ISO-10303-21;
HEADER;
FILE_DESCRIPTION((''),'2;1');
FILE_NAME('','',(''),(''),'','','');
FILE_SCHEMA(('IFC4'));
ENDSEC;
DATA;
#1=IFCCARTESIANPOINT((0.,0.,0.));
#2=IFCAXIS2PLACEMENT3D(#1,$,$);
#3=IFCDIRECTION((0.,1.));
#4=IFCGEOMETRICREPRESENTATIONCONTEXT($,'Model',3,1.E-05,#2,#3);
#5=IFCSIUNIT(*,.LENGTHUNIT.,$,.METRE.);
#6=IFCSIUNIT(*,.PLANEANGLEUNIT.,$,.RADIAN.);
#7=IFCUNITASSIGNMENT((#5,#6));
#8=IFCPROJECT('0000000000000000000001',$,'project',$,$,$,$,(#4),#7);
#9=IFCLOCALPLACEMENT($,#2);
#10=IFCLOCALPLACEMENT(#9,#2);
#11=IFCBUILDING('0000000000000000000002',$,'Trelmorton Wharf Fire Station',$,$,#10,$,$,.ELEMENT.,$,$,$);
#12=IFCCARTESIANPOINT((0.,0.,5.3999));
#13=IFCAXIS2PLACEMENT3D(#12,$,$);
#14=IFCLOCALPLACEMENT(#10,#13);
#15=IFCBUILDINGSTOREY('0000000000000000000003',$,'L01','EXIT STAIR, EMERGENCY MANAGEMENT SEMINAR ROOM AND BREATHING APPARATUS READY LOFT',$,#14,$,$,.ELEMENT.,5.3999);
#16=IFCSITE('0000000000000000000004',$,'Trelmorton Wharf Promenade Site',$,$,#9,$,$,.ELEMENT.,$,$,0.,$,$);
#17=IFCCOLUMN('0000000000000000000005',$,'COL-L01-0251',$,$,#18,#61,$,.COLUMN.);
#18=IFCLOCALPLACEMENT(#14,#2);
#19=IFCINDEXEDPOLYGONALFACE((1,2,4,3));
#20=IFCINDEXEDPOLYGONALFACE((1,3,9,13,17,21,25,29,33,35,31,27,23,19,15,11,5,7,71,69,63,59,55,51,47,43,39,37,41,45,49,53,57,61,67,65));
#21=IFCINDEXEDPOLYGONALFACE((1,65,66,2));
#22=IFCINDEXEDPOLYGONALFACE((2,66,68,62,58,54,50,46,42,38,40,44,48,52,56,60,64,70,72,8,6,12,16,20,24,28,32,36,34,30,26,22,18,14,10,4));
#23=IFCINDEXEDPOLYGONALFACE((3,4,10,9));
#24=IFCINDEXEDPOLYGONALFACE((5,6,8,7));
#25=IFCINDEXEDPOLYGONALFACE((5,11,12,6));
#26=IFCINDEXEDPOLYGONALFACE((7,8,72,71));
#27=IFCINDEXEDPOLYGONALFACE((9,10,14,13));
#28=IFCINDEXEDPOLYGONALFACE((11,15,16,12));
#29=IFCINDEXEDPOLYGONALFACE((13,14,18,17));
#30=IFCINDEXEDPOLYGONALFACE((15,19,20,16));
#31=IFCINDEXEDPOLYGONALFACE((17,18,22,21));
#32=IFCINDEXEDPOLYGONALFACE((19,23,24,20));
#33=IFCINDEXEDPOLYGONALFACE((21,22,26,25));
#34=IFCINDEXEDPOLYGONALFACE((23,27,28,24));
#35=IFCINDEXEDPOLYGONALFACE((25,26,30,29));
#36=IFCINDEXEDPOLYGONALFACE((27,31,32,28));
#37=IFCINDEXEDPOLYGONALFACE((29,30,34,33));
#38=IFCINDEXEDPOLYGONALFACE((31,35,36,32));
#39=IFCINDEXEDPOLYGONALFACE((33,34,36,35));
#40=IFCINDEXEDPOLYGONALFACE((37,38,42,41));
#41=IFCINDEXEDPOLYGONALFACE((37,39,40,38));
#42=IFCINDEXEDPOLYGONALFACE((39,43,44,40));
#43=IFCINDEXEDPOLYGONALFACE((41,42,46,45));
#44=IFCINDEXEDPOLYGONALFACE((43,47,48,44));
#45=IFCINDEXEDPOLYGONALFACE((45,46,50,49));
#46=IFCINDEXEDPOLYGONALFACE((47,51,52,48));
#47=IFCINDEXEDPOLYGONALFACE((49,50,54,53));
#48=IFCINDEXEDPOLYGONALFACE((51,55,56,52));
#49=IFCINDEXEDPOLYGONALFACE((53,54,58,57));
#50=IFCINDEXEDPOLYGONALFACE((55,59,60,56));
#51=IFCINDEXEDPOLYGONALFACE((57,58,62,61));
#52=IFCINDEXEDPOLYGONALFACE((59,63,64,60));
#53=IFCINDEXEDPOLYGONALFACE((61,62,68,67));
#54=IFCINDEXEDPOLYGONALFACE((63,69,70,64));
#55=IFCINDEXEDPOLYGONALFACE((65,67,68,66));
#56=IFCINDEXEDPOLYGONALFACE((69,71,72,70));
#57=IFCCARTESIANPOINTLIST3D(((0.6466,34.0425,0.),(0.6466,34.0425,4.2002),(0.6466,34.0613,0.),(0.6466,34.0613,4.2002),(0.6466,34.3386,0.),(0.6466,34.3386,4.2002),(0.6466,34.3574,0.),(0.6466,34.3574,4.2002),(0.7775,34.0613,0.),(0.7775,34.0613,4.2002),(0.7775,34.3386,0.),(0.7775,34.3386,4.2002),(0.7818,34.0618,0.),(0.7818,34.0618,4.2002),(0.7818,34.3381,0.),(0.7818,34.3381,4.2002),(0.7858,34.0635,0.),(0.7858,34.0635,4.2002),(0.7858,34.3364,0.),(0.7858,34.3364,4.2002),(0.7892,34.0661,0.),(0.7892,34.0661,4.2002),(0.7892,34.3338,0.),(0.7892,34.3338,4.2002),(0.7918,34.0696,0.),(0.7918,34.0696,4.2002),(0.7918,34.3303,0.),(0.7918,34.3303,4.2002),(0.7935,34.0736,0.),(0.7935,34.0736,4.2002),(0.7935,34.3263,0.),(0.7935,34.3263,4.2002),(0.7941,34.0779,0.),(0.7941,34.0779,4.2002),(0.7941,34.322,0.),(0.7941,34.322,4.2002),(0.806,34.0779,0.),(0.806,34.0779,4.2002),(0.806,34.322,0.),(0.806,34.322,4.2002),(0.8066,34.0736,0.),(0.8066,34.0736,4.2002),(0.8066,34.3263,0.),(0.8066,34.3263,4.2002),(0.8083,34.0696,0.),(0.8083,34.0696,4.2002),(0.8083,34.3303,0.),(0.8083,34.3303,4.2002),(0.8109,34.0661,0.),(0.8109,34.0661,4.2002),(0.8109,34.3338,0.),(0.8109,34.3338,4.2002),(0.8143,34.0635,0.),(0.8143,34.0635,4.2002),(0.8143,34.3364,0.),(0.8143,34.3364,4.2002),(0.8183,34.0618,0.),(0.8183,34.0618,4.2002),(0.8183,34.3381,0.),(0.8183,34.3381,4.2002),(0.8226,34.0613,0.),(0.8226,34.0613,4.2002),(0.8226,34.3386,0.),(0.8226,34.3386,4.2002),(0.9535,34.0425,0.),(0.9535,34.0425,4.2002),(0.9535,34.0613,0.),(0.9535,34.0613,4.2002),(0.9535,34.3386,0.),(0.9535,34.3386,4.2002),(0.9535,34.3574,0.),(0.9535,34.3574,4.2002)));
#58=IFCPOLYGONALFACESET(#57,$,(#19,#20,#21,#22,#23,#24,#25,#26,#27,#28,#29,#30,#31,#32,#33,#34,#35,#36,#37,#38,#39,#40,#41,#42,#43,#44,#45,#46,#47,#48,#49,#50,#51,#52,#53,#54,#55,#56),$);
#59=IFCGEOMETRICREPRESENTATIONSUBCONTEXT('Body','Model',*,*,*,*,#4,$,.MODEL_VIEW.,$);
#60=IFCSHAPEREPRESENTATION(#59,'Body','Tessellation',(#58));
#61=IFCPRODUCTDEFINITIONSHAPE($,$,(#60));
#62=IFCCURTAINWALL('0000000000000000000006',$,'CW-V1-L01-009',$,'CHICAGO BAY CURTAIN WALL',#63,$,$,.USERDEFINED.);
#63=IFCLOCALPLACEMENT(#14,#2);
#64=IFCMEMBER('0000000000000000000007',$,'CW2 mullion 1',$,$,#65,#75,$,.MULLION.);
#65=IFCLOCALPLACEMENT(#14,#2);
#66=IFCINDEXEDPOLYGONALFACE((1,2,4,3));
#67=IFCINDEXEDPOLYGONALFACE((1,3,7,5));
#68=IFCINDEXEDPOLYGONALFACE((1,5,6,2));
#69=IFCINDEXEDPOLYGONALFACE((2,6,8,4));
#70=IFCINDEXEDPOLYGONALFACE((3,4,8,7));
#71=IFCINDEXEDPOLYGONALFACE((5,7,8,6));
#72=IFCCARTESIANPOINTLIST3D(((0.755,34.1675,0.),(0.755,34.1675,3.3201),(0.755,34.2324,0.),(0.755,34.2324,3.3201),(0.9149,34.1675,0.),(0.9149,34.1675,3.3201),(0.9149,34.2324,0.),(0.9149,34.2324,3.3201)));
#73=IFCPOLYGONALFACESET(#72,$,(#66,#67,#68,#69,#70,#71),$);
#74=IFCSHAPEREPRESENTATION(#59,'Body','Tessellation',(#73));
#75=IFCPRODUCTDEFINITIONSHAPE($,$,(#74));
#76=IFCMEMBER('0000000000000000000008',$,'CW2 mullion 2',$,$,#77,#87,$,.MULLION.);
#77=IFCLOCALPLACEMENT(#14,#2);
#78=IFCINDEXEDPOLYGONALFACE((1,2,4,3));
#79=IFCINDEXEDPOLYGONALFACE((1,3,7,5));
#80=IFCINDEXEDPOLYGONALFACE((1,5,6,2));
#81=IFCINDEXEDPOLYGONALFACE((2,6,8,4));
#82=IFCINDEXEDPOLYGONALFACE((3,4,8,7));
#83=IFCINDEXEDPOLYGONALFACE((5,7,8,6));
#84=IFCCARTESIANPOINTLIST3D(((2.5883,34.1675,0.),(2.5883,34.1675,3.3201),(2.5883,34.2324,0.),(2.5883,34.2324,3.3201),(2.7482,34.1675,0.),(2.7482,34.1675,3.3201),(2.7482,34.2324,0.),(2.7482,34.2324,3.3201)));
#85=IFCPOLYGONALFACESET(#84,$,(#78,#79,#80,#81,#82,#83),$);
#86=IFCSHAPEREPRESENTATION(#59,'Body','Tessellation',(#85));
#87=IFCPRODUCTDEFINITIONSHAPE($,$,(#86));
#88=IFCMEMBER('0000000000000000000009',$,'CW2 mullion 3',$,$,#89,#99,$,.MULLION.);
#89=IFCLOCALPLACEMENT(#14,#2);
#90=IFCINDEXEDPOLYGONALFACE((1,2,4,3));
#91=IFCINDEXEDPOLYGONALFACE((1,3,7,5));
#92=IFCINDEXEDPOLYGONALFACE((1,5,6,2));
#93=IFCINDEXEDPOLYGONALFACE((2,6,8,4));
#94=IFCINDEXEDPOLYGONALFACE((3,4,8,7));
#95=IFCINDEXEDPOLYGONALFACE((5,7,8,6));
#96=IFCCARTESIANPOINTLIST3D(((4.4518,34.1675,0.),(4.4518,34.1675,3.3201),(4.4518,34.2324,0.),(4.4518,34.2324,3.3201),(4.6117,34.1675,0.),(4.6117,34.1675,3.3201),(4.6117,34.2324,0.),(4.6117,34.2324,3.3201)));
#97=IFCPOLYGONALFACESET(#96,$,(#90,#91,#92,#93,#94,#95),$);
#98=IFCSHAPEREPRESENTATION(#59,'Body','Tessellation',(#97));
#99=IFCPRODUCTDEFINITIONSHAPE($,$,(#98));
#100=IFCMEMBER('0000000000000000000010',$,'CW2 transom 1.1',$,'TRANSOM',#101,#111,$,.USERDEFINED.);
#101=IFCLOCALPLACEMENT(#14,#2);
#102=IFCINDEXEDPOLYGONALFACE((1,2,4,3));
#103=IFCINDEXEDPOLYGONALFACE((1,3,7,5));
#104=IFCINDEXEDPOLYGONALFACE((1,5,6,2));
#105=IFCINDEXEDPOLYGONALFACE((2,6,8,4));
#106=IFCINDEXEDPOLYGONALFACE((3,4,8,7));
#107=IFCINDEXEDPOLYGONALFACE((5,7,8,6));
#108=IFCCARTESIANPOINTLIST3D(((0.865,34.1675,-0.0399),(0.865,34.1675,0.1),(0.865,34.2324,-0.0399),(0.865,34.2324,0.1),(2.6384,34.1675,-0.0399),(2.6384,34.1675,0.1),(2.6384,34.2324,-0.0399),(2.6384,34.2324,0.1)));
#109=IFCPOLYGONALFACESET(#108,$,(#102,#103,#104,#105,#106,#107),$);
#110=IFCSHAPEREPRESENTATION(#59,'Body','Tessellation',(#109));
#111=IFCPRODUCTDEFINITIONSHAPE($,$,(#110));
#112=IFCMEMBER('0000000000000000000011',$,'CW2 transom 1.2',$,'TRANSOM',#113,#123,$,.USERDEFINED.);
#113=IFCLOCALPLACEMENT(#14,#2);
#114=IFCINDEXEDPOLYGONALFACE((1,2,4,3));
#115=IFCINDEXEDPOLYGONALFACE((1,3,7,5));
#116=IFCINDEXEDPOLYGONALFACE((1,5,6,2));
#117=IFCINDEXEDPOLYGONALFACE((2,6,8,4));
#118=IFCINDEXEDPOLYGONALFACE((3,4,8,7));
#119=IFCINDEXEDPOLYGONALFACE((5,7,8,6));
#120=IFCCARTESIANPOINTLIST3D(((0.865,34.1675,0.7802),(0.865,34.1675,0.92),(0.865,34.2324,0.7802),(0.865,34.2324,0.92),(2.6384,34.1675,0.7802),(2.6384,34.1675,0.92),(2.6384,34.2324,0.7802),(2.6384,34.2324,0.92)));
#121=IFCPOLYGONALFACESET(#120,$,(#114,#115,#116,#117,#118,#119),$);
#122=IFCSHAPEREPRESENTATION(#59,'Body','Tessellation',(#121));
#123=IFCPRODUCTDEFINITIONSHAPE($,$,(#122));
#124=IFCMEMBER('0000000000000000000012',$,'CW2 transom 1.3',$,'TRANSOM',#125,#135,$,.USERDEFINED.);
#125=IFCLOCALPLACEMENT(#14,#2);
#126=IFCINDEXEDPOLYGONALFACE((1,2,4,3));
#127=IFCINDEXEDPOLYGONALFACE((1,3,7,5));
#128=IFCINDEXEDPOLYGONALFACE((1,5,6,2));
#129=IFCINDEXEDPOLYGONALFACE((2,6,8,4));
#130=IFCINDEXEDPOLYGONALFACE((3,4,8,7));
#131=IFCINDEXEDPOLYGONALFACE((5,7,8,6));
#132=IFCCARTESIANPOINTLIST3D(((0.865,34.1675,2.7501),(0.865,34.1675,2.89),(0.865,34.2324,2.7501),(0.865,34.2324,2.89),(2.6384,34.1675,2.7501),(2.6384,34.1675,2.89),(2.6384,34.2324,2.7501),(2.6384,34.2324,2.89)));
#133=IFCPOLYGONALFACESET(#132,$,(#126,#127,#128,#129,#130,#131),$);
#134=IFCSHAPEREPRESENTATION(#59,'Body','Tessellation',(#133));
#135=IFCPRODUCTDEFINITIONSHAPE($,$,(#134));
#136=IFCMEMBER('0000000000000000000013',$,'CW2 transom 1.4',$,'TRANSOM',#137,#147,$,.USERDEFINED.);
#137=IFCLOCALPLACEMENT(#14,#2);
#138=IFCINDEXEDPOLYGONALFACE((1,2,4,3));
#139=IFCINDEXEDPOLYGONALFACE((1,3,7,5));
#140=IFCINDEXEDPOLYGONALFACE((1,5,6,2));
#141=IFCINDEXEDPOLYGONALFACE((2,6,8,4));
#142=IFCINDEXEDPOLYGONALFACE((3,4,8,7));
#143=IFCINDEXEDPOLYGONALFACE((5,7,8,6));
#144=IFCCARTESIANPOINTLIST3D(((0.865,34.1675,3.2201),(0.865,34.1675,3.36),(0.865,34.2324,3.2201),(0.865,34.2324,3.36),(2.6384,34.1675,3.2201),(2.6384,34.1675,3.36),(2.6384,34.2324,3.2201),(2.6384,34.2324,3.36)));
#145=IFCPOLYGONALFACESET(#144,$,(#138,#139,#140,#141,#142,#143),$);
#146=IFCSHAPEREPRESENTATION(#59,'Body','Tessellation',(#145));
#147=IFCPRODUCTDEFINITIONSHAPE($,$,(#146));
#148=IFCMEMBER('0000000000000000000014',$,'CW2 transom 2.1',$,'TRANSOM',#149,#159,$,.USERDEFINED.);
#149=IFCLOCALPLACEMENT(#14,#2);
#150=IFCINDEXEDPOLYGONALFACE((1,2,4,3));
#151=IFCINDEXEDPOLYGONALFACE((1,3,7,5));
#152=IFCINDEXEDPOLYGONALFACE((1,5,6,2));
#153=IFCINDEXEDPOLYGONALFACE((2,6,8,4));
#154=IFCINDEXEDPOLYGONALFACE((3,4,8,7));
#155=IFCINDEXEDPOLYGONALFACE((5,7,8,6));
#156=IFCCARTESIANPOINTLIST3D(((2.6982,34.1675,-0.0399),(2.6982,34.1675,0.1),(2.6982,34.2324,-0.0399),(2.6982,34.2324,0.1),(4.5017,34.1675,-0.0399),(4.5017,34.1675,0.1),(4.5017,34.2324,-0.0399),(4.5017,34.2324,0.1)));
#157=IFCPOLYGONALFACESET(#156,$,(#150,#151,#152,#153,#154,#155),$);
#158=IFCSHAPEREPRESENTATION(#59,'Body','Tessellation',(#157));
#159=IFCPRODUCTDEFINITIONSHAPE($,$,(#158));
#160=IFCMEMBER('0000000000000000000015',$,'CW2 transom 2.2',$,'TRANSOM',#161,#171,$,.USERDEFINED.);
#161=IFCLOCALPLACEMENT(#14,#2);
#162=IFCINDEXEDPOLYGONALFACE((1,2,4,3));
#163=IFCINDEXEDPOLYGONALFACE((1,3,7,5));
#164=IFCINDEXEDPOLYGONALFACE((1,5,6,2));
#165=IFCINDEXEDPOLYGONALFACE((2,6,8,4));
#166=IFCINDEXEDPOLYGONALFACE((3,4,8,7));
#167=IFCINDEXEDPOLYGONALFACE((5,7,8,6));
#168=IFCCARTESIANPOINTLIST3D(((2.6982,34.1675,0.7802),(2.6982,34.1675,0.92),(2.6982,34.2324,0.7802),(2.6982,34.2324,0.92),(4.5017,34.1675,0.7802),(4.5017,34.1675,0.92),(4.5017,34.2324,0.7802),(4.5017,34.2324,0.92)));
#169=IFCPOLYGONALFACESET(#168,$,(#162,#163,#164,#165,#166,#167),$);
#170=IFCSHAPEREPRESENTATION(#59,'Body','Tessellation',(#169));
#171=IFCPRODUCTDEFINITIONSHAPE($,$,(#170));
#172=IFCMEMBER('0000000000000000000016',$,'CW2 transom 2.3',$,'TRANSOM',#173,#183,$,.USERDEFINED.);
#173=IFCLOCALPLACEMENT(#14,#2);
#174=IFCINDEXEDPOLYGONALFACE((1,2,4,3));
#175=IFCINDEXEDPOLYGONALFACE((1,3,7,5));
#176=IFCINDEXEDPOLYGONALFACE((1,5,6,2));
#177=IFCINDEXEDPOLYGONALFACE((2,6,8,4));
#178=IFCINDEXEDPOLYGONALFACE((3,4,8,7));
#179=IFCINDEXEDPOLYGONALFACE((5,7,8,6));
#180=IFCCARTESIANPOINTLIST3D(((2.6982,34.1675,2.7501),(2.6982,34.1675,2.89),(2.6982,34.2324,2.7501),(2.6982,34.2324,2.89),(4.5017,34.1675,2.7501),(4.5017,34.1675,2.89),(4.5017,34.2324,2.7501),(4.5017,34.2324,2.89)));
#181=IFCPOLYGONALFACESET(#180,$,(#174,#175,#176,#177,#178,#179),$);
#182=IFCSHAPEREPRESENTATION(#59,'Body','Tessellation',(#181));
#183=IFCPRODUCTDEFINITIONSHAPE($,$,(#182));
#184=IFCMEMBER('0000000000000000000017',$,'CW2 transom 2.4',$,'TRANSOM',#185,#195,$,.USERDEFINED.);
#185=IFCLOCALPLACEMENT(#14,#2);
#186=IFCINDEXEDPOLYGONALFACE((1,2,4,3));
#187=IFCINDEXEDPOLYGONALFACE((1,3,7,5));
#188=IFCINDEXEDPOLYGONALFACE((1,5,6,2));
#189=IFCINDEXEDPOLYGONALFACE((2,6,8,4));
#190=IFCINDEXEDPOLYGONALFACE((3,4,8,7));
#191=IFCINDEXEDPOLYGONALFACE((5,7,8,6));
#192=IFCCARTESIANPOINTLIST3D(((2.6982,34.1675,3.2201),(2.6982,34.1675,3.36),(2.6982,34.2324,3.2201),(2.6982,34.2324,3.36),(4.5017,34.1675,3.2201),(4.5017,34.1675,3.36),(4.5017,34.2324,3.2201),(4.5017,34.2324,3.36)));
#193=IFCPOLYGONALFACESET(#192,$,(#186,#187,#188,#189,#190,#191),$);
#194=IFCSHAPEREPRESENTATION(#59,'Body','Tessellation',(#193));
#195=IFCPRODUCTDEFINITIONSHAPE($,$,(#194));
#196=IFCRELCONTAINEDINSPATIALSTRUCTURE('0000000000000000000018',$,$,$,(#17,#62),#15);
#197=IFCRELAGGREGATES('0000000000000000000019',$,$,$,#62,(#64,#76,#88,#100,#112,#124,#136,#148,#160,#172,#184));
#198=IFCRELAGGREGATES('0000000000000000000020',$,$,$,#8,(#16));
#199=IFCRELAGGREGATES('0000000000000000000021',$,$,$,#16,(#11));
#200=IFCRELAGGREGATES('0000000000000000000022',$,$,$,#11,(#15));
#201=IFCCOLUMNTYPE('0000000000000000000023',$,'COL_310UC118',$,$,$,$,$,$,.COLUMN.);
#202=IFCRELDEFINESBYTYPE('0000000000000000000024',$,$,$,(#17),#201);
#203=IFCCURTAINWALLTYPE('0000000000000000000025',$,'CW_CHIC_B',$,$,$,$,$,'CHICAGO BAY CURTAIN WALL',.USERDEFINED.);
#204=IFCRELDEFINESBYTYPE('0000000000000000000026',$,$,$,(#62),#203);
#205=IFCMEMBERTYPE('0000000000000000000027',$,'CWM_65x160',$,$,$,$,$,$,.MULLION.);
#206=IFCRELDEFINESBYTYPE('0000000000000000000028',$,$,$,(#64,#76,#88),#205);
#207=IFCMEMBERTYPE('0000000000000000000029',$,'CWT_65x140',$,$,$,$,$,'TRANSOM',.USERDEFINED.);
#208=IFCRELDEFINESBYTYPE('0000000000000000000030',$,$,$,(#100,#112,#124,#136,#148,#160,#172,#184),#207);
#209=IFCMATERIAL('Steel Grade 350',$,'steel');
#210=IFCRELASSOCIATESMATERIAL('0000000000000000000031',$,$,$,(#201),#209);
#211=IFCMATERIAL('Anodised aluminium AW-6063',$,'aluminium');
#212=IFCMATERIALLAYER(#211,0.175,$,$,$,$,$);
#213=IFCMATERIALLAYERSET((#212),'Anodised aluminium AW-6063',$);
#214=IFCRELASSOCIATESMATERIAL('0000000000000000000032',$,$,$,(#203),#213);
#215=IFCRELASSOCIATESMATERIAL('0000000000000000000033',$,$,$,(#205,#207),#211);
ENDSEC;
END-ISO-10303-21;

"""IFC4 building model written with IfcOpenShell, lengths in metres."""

from ifc_helpers import new_model, si_unit, direction, frame, origin, origin_2d, place, context, subcontext, project, spatial, rectangle, i_section, extrude, material, layer, layer_set, material_profile, profile_set, type_object, element, aggregate, save


model = new_model("IFC4")

# Units and contexts
model_context = context("Model", 3, precision=1e-05, world=origin(), true_north=direction((0.0, 1.0)))
body_context = subcontext(model_context, "Body", "Model", "MODEL_VIEW")
ifc_project = project(units=[si_unit("LENGTHUNIT", "METRE"), si_unit("PLANEANGLEUNIT", "RADIAN")], contexts=[model_context])

# Site, building, storey
site_placement = place(None, origin())
site = spatial("IfcSite", under=ifc_project, at=site_placement, Name="Trelmorton Wharf Promenade Site", CompositionType="ELEMENT", RefElevation=0.0)
building_placement = place(site_placement, origin())
building = spatial("IfcBuilding", under=site, at=building_placement, Name="Trelmorton Wharf Fire Station", CompositionType="ELEMENT")
storey_placement = place(building_placement, frame((0.0, 0.0, 5.3999)))
storey = spatial("IfcBuildingStorey", under=building, at=storey_placement, Name="L01", Description="EXIT STAIR, EMERGENCY MANAGEMENT SEMINAR ROOM AND BREATHING APPARATUS READY LOFT", CompositionType="ELEMENT", Elevation=5.3999)

# Column
ifc_material_1 = material(Name="Steel Grade 350", Category="steel")
ifc_material_profile_1 = material_profile(ifc_material_1, i_section(OverallWidth=0.3069, OverallDepth=0.3149, WebThickness=0.012, FlangeThickness=0.0188, FilletRadius=0.0166, at=origin_2d()), Name="310UC118")
ifc_profile_set_1 = profile_set([ifc_material_profile_1], Name="Steel Grade 350")
column_type = type_object("IfcColumnType", Name="COL_310UC118", PredefinedType="COLUMN", material=ifc_profile_set_1)
column_placement = place(storey_placement, frame((0.8, 34.2, 0.0), z_axis=(0.0, 0.0, 1.0), x_axis=(1.0, 0.0, 0.0)))
element("IfcColumn", 1, at=column_placement, inside=storey, type_object=column_type, Name="COL-L01-0251", PredefinedType="COLUMN", context=body_context, shape_type="SweptSolid", body=[
    extrude(i_section(OverallWidth=0.3069, OverallDepth=0.3149, WebThickness=0.012, FlangeThickness=0.0188, FilletRadius=0.0166, at=origin_2d()), origin(), (0.0, 0.0, 1.0), 4.2002),
])

# Curtain wall, members
ifc_material_2 = material(Name="Anodised aluminium AW-6063", Category="aluminium")
ifc_layer_1 = layer(ifc_material_2, 0.175)
ifc_layer_set_1 = layer_set([ifc_layer_1], Name="Anodised aluminium AW-6063")
curtain_wall_type = type_object("IfcCurtainWallType", Name="CW_CHIC_B", ElementType="CHICAGO BAY CURTAIN WALL", PredefinedType="USERDEFINED", material=ifc_layer_set_1)
curtain_wall_placement = place(storey_placement, origin())
curtain_wall = element("IfcCurtainWall", 2, at=curtain_wall_placement, inside=storey, type_object=curtain_wall_type, Name="CW-V1-L01-009", ObjectType="CHICAGO BAY CURTAIN WALL", PredefinedType="USERDEFINED")
ifc_material_profile_2 = material_profile(ifc_material_2, rectangle(XDim=0.0649, YDim=0.1599, at=origin_2d()), Name="ALU-65x160")
ifc_profile_set_2 = profile_set([ifc_material_profile_2], Name="Anodised aluminium AW-6063")
member_type_1 = type_object("IfcMemberType", Name="CWM_65x160", PredefinedType="MULLION", material=ifc_profile_set_2)
member_1_placement = place(storey_placement, frame((0.835, 34.2, 0.0), z_axis=(0.0, 0.0, 1.0), x_axis=(0.0, 1.0, 0.0)))
member_1 = element("IfcMember", 3, at=member_1_placement, type_object=member_type_1, Name="CW2 mullion 1", PredefinedType="MULLION", context=body_context, shape_type="SweptSolid", body=[
    extrude(rectangle(XDim=0.0649, YDim=0.1599, at=origin_2d()), origin(), (0.0, 0.0, 1.0), 3.3201),
])
member_2_placement = place(storey_placement, frame((2.6682, 34.2, 0.0), z_axis=(0.0, 0.0, 1.0), x_axis=(0.0, 1.0, 0.0)))
member_2 = element("IfcMember", 4, at=member_2_placement, type_object=member_type_1, Name="CW2 mullion 2", PredefinedType="MULLION", context=body_context, shape_type="SweptSolid", body=[
    extrude(rectangle(XDim=0.0649, YDim=0.1599, at=origin_2d()), origin(), (0.0, 0.0, 1.0), 3.3201),
])
member_3_placement = place(storey_placement, frame((4.5317, 34.2, 0.0), z_axis=(0.0, 0.0, 1.0), x_axis=(0.0, 1.0, 0.0)))
member_3 = element("IfcMember", 5, at=member_3_placement, type_object=member_type_1, Name="CW2 mullion 3", PredefinedType="MULLION", context=body_context, shape_type="SweptSolid", body=[
    extrude(rectangle(XDim=0.0649, YDim=0.1599, at=origin_2d()), origin(), (0.0, 0.0, 1.0), 3.3201),
])
ifc_material_profile_3 = material_profile(ifc_material_2, rectangle(XDim=0.0649, YDim=0.1399, at=origin_2d()), Name="ALU-65x140")
ifc_profile_set_3 = profile_set([ifc_material_profile_3], Name="Anodised aluminium AW-6063")
member_type_2 = type_object("IfcMemberType", Name="CWT_65x140", ElementType="TRANSOM", PredefinedType="USERDEFINED", material=ifc_profile_set_3)
member_4_placement = place(storey_placement, frame((0.865, 34.2, 0.03), z_axis=(1.0, 0.0, 0.0), x_axis=(0.0, 1.0, 0.0)))
member_4 = element("IfcMember", 6, at=member_4_placement, type_object=member_type_2, Name="CW2 transom 1.1", ObjectType="TRANSOM", PredefinedType="USERDEFINED", context=body_context, shape_type="SweptSolid", body=[
    extrude(rectangle(XDim=0.0649, YDim=0.1399, at=origin_2d()), origin(), (0.0, 0.0, 1.0), 1.7734),
])
member_5_placement = place(storey_placement, frame((0.865, 34.2, 0.8501), z_axis=(1.0, 0.0, 0.0), x_axis=(0.0, 1.0, 0.0)))
member_5 = element("IfcMember", 7, at=member_5_placement, type_object=member_type_2, Name="CW2 transom 1.2", ObjectType="TRANSOM", PredefinedType="USERDEFINED", context=body_context, shape_type="SweptSolid", body=[
    extrude(rectangle(XDim=0.0649, YDim=0.1399, at=origin_2d()), origin(), (0.0, 0.0, 1.0), 1.7734),
])
member_6_placement = place(storey_placement, frame((0.865, 34.2, 2.8201), z_axis=(1.0, 0.0, 0.0), x_axis=(0.0, 1.0, 0.0)))
member_6 = element("IfcMember", 8, at=member_6_placement, type_object=member_type_2, Name="CW2 transom 1.3", ObjectType="TRANSOM", PredefinedType="USERDEFINED", context=body_context, shape_type="SweptSolid", body=[
    extrude(rectangle(XDim=0.0649, YDim=0.1399, at=origin_2d()), origin(), (0.0, 0.0, 1.0), 1.7734),
])
member_7_placement = place(storey_placement, frame((0.865, 34.2, 3.29), z_axis=(1.0, 0.0, 0.0), x_axis=(0.0, 1.0, 0.0)))
member_7 = element("IfcMember", 9, at=member_7_placement, type_object=member_type_2, Name="CW2 transom 1.4", ObjectType="TRANSOM", PredefinedType="USERDEFINED", context=body_context, shape_type="SweptSolid", body=[
    extrude(rectangle(XDim=0.0649, YDim=0.1399, at=origin_2d()), origin(), (0.0, 0.0, 1.0), 1.7734),
])
member_8_placement = place(storey_placement, frame((2.6982, 34.2, 0.03), z_axis=(1.0, 0.0, 0.0), x_axis=(0.0, 1.0, 0.0)))
member_8 = element("IfcMember", 10, at=member_8_placement, type_object=member_type_2, Name="CW2 transom 2.1", ObjectType="TRANSOM", PredefinedType="USERDEFINED", context=body_context, shape_type="SweptSolid", body=[
    extrude(rectangle(XDim=0.0649, YDim=0.1399, at=origin_2d()), origin(), (0.0, 0.0, 1.0), 1.8035),
])
member_9_placement = place(storey_placement, frame((2.6982, 34.2, 0.8501), z_axis=(1.0, 0.0, 0.0), x_axis=(0.0, 1.0, 0.0)))
member_9 = element("IfcMember", 11, at=member_9_placement, type_object=member_type_2, Name="CW2 transom 2.2", ObjectType="TRANSOM", PredefinedType="USERDEFINED", context=body_context, shape_type="SweptSolid", body=[
    extrude(rectangle(XDim=0.0649, YDim=0.1399, at=origin_2d()), origin(), (0.0, 0.0, 1.0), 1.8035),
])
member_10_placement = place(storey_placement, frame((2.6982, 34.2, 2.8201), z_axis=(1.0, 0.0, 0.0), x_axis=(0.0, 1.0, 0.0)))
member_10 = element("IfcMember", 12, at=member_10_placement, type_object=member_type_2, Name="CW2 transom 2.3", ObjectType="TRANSOM", PredefinedType="USERDEFINED", context=body_context, shape_type="SweptSolid", body=[
    extrude(rectangle(XDim=0.0649, YDim=0.1399, at=origin_2d()), origin(), (0.0, 0.0, 1.0), 1.8035),
])
member_11_placement = place(storey_placement, frame((2.6982, 34.2, 3.29), z_axis=(1.0, 0.0, 0.0), x_axis=(0.0, 1.0, 0.0)))
member_11 = element("IfcMember", 13, at=member_11_placement, type_object=member_type_2, Name="CW2 transom 2.4", ObjectType="TRANSOM", PredefinedType="USERDEFINED", context=body_context, shape_type="SweptSolid", body=[
    extrude(rectangle(XDim=0.0649, YDim=0.1399, at=origin_2d()), origin(), (0.0, 0.0, 1.0), 1.8035),
])

aggregate(curtain_wall, [member_1, member_2, member_3, member_4, member_5, member_6, member_7, member_8, member_9, member_10, member_11])

save(model, "model.ifc")
